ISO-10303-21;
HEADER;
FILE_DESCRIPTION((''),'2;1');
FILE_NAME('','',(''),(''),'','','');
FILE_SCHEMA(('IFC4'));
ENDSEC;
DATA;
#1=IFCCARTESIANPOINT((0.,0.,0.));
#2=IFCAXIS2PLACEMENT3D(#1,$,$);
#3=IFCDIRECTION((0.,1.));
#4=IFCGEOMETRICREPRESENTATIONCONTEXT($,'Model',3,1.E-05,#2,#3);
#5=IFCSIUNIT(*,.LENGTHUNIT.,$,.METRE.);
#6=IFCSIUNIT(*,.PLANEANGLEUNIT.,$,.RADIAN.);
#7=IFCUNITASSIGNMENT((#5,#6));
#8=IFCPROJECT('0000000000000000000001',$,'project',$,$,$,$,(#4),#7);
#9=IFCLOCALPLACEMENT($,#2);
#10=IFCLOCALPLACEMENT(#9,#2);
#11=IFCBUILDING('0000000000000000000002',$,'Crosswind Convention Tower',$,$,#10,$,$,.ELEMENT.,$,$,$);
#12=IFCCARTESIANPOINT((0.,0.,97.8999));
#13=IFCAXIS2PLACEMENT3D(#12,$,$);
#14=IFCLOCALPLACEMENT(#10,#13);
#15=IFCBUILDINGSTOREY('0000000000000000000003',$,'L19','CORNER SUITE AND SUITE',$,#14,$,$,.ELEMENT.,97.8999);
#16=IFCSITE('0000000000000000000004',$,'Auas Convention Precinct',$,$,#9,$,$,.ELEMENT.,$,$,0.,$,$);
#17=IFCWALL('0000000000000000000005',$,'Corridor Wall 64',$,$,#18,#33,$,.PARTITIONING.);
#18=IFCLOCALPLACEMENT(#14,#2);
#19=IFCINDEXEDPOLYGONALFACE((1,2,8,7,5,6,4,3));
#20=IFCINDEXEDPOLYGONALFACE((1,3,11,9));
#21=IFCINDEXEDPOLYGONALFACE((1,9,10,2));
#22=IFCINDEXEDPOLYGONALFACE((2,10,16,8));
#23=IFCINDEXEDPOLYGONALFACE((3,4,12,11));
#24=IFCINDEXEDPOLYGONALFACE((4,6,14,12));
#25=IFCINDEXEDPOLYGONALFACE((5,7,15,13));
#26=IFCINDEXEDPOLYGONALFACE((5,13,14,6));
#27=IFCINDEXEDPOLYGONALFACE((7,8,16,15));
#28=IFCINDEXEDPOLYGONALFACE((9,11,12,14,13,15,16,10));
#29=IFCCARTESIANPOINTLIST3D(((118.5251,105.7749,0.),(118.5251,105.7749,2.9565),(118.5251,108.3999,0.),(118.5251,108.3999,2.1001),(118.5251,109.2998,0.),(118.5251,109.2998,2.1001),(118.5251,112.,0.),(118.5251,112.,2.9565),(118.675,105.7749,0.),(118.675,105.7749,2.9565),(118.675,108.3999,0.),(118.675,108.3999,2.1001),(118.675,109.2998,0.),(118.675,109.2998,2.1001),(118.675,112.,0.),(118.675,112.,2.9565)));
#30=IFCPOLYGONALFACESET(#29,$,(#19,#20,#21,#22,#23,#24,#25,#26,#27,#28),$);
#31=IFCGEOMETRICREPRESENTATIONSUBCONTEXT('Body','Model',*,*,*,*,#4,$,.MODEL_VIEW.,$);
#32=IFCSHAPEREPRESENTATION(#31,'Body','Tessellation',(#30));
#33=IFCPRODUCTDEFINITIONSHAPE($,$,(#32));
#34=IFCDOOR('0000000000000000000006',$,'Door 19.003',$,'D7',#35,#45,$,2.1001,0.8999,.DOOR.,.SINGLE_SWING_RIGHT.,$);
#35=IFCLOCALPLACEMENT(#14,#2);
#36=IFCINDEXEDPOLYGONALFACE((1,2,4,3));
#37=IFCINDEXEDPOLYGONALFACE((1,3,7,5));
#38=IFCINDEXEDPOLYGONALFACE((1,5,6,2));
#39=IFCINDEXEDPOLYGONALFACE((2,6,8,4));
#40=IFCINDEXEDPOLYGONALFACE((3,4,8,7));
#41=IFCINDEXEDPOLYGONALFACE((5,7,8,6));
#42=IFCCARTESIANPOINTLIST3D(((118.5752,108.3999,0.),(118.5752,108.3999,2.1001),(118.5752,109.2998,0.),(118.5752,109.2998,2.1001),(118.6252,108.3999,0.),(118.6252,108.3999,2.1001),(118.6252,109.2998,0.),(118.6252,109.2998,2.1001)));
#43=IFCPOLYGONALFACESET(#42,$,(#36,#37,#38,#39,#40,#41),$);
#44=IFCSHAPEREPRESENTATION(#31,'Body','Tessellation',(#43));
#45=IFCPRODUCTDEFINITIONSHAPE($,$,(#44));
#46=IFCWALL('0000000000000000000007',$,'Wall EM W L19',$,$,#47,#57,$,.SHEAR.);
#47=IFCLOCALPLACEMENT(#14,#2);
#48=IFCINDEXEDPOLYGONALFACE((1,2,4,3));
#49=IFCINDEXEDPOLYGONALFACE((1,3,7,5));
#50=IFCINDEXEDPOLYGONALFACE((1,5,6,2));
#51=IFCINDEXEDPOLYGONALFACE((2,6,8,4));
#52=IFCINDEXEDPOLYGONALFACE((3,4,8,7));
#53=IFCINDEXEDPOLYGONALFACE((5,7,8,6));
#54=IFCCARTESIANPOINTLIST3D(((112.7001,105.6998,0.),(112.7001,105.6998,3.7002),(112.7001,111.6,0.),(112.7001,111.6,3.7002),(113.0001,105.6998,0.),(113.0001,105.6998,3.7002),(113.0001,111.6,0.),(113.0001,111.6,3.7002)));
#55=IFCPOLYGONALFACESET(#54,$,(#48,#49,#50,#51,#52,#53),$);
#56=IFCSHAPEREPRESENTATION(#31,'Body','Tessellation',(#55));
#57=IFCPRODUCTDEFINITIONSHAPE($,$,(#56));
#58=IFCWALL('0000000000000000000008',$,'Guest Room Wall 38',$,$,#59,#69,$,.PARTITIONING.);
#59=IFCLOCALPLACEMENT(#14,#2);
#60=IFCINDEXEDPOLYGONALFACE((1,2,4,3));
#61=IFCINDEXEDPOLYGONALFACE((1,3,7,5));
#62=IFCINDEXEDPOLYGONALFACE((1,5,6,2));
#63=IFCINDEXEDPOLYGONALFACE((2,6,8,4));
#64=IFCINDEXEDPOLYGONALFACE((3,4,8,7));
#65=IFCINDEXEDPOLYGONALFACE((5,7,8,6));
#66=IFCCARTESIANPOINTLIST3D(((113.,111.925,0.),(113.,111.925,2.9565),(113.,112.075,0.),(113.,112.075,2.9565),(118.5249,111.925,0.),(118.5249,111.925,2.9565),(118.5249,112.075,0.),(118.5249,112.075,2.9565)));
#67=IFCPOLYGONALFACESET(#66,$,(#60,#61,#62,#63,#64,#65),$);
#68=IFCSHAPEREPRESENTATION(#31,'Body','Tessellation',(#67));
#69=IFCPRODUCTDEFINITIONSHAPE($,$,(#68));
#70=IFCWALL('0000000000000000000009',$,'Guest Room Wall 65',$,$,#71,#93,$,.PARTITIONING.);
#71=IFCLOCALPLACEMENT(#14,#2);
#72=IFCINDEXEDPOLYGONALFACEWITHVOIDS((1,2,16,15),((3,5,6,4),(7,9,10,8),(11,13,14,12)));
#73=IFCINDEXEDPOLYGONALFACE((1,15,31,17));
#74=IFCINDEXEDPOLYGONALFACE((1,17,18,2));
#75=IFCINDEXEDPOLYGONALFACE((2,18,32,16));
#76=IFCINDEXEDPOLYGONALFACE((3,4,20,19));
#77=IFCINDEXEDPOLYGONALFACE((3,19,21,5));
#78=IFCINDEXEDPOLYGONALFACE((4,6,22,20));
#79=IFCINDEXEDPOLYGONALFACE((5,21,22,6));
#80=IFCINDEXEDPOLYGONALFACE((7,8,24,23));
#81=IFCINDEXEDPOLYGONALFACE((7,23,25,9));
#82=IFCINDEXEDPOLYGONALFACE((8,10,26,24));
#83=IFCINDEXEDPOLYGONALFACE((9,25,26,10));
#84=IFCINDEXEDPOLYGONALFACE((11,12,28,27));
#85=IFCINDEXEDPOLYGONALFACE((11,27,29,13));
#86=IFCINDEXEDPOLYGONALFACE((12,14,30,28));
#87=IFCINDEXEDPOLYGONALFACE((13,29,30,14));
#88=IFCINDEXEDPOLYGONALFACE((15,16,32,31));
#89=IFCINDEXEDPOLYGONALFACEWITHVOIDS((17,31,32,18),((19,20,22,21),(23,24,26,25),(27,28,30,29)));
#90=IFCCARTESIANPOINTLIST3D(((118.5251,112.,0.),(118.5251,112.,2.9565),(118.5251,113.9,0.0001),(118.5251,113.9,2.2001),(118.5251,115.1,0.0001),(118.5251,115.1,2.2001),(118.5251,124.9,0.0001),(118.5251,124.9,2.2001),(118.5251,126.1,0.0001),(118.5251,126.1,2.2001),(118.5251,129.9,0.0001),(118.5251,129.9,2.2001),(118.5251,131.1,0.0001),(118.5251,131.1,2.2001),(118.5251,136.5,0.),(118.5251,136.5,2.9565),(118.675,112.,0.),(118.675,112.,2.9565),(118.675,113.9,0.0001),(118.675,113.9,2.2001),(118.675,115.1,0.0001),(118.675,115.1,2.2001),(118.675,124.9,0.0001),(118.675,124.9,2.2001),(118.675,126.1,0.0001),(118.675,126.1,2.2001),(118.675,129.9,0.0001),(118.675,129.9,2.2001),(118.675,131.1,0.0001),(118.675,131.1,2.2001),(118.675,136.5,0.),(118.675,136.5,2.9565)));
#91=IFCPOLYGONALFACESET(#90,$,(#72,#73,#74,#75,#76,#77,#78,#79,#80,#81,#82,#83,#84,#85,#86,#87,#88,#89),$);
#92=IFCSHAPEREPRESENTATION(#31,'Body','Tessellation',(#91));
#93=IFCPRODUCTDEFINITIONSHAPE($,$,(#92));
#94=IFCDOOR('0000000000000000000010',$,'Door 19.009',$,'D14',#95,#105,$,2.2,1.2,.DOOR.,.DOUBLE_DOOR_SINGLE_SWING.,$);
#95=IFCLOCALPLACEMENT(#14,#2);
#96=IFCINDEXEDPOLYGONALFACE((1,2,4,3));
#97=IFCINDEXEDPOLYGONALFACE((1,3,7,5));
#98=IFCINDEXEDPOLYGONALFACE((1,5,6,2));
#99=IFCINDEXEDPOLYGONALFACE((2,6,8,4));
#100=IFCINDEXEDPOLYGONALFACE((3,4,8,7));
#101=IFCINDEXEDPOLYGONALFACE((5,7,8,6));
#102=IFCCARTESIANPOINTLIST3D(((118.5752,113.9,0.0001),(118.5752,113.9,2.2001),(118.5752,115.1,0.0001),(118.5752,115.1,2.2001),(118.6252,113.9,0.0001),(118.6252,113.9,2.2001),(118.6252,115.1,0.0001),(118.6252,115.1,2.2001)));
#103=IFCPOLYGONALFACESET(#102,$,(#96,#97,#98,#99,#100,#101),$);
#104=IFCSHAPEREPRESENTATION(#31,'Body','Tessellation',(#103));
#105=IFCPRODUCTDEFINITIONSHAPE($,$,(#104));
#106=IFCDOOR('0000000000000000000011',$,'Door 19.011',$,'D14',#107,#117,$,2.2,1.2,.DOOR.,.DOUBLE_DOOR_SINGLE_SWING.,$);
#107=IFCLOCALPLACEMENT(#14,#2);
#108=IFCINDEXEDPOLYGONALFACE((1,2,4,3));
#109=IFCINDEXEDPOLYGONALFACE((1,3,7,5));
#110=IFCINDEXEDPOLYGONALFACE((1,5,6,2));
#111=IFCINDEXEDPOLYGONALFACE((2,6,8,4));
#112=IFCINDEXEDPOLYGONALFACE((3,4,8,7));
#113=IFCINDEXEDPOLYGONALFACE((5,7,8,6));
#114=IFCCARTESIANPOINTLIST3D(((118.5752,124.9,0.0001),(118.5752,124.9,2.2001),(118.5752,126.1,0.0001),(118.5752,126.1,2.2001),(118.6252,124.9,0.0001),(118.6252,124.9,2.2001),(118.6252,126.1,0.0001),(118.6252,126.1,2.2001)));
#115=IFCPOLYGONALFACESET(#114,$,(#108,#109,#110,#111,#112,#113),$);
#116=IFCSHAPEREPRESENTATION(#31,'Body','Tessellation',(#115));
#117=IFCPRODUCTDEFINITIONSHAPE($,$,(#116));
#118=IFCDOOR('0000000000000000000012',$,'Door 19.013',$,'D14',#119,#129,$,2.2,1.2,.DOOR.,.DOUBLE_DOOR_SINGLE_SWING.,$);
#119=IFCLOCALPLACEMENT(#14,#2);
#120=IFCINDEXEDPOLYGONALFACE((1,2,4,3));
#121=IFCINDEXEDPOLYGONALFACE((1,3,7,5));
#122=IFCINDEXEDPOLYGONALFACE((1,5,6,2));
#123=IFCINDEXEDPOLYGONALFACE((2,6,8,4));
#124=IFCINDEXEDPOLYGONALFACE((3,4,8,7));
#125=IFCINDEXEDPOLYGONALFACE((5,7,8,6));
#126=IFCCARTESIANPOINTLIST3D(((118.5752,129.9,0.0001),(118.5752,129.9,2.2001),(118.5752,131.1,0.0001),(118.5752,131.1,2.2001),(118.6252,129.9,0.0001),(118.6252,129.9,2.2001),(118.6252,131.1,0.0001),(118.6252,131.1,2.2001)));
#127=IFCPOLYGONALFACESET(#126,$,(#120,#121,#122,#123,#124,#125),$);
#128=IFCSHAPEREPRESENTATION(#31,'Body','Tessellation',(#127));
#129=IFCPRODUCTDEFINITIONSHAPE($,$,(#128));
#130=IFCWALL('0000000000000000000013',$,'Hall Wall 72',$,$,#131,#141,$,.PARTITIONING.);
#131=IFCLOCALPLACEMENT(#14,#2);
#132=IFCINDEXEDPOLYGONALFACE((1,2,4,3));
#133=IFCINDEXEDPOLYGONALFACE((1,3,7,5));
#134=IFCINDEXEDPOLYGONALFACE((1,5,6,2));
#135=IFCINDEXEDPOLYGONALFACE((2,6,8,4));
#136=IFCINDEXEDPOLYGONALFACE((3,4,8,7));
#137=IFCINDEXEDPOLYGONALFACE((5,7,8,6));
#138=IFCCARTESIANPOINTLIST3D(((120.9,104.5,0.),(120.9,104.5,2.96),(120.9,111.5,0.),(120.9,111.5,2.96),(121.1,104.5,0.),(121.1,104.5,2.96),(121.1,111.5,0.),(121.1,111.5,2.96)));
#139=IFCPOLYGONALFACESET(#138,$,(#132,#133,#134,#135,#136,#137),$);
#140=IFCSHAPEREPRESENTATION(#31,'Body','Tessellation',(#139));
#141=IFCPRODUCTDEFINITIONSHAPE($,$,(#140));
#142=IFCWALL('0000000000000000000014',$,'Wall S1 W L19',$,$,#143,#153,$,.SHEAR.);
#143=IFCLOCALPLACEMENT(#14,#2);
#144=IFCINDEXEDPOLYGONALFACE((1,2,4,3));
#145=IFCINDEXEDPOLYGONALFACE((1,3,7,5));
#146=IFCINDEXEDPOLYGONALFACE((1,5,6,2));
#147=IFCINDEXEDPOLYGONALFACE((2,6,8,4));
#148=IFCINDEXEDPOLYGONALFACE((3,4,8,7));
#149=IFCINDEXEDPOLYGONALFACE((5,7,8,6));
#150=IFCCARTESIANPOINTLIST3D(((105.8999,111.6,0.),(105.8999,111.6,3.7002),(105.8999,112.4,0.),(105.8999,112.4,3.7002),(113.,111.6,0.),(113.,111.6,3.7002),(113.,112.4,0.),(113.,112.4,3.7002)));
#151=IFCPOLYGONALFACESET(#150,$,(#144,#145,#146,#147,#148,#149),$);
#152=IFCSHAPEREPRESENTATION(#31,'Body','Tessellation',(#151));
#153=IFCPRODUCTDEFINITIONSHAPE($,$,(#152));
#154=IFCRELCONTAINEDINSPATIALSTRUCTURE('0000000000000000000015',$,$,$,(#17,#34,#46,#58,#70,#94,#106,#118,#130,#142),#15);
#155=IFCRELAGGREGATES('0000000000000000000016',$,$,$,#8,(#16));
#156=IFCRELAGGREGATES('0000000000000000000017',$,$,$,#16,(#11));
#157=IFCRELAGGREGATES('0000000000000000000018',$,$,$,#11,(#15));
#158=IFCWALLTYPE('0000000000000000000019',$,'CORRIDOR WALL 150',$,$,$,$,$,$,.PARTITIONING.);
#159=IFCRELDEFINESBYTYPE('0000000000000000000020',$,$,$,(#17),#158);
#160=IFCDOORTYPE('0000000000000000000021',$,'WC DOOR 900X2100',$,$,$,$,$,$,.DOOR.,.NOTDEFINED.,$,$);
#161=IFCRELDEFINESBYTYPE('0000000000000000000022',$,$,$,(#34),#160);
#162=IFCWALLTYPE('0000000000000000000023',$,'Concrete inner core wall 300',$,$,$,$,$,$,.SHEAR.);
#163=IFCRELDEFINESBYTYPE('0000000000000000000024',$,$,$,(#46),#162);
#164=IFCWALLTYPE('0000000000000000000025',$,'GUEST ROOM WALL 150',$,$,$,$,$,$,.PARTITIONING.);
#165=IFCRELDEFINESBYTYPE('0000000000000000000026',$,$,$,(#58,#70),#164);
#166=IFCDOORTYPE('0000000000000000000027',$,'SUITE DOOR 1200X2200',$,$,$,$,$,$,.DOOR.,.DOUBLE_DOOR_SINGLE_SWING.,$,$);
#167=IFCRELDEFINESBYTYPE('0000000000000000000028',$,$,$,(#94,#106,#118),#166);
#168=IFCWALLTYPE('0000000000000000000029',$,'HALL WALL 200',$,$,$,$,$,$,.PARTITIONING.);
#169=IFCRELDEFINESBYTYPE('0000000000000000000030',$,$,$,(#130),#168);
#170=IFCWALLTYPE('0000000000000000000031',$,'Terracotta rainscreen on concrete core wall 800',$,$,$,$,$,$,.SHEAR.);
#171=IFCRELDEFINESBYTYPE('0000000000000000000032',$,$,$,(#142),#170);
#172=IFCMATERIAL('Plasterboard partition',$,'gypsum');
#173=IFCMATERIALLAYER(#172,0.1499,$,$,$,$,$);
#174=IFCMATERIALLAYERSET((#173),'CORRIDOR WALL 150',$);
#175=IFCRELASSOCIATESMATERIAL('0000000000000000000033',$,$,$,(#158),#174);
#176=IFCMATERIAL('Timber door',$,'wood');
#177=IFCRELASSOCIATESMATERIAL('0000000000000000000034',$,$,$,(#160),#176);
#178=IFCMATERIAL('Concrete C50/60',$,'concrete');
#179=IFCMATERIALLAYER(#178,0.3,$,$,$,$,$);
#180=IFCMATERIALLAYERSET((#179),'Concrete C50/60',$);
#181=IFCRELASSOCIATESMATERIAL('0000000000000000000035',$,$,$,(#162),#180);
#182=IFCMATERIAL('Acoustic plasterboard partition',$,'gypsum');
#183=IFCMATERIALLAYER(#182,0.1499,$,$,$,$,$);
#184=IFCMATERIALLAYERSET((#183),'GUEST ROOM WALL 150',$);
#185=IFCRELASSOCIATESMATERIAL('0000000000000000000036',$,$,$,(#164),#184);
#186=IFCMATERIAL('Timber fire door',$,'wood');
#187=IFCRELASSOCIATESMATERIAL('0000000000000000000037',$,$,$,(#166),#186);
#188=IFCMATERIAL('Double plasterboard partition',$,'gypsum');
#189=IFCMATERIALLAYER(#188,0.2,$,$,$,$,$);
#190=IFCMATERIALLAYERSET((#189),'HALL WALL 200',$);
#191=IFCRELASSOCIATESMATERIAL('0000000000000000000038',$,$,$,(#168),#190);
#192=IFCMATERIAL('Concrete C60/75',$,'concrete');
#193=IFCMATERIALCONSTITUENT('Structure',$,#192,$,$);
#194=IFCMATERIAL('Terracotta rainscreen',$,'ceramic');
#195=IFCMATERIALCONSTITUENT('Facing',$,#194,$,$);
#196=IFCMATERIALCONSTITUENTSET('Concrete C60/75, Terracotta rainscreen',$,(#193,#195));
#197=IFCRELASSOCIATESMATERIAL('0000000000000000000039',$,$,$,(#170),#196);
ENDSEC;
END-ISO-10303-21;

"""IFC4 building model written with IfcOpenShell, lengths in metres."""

from ifc_helpers import new_model, si_unit, direction, frame, frame_2d, origin, place, context, subcontext, project, spatial, rectangle, extrude, material, layer, layer_set, constituent, constituent_set, type_object, element, fill, save


model = new_model("IFC4")

# Units and contexts
model_context = context("Model", 3, precision=1e-05, world=origin(), true_north=direction((0.0, 1.0)))
body_context = subcontext(model_context, "Body", "Model", "MODEL_VIEW")
ifc_project = project(units=[si_unit("LENGTHUNIT", "METRE"), si_unit("PLANEANGLEUNIT", "RADIAN")], contexts=[model_context])

# Site, building, storey
site_placement = place(None, origin())
site = spatial("IfcSite", under=ifc_project, at=site_placement, Name="Auas Convention Precinct", CompositionType="ELEMENT", RefElevation=0.0)
building_placement = place(site_placement, origin())
building = spatial("IfcBuilding", under=site, at=building_placement, Name="Crosswind Convention Tower", CompositionType="ELEMENT")
storey_placement = place(building_placement, frame((0.0, 0.0, 97.8999)))
storey = spatial("IfcBuildingStorey", under=building, at=storey_placement, Name="L19", Description="CORNER SUITE AND SUITE", CompositionType="ELEMENT", Elevation=97.8999)

# Shared definitions
ifc_material_1 = material(Name="Plasterboard partition", Category="gypsum")
ifc_layer_1 = layer(ifc_material_1, 0.1499)
ifc_layer_set_1 = layer_set([ifc_layer_1], Name="CORRIDOR WALL 150")
wall_type_1 = type_object("IfcWallType", Name="CORRIDOR WALL 150", PredefinedType="PARTITIONING", material=ifc_layer_set_1)

# Wall, opening, door
wall_1_placement = place(storey_placement, frame((118.6001, 105.7749, 0.0), z_axis=(0.0, 0.0, 1.0), x_axis=(0.0, 1.0, 0.0)))
wall_1 = element("IfcWall", 1, at=wall_1_placement, inside=storey, type_object=wall_type_1, Name="Corridor Wall 64", PredefinedType="PARTITIONING", context=body_context, shape_type="SweptSolid", body=[
    extrude(rectangle(XDim=6.2251, YDim=0.1499, at=frame_2d((3.1125, 0.0))), origin(), (0.0, 0.0, 1.0), 2.9565),
])
opening_1_placement = place(wall_1_placement, frame((2.625, 0.0, 0.0)))
opening_1 = element("IfcOpeningElement", 2, at=opening_1_placement, cuts=wall_1, PredefinedType="OPENING", context=body_context, shape_type="SweptSolid", body=[
    extrude(rectangle(XDim=0.8999, YDim=2.1001, at=frame_2d((0.45, 1.05))), frame((0.0, 0.085, 0.0), z_axis=(0.0, -1.0, 0.0), x_axis=(1.0, 0.0, 0.0)), (0.0, 0.0, 1.0), 0.1699),
])
ifc_material_2 = material(Name="Timber door", Category="wood")
door_type_1 = type_object("IfcDoorType", Name="WC DOOR 900X2100", OperationType="NOTDEFINED", PredefinedType="DOOR", material=ifc_material_2)
door_1_placement = place(opening_1_placement, origin())
door_1 = element("IfcDoor", 3, at=door_1_placement, inside=storey, type_object=door_type_1, Name="Door 19.003", ObjectType="D7", OperationType="SINGLE_SWING_RIGHT", OverallHeight=2.1001, OverallWidth=0.8999, PredefinedType="DOOR", context=body_context, shape_type="SweptSolid", body=[
    extrude(rectangle(XDim=0.8999, YDim=2.1001, at=frame_2d((0.45, 1.05))), frame((0.0, 0.0249, 0.0), z_axis=(0.0, -1.0, 0.0), x_axis=(1.0, 0.0, 0.0)), (0.0, 0.0, 1.0), 0.05),
])
fill(opening_1, door_1)

# Walls
ifc_material_3 = material(Name="Concrete C50/60", Category="concrete")
ifc_layer_2 = layer(ifc_material_3, 0.3)
ifc_layer_set_2 = layer_set([ifc_layer_2], Name="Concrete C50/60")
wall_type_2 = type_object("IfcWallType", Name="Concrete inner core wall 300", PredefinedType="SHEAR", material=ifc_layer_set_2)
wall_2_placement = place(storey_placement, frame((112.8501, 111.6001, 0.0), z_axis=(0.0, 0.0, 1.0), x_axis=(0.0, -1.0, 0.0)))
element("IfcWall", 4, at=wall_2_placement, inside=storey, type_object=wall_type_2, Name="Wall EM W L19", PredefinedType="SHEAR", context=body_context, shape_type="SweptSolid", body=[
    extrude(rectangle(XDim=5.9001, YDim=0.3, at=frame_2d((2.9502, 0.0))), origin(), (0.0, 0.0, 1.0), 3.7002),
])
ifc_material_4 = material(Name="Acoustic plasterboard partition", Category="gypsum")
ifc_layer_3 = layer(ifc_material_4, 0.1499)
ifc_layer_set_3 = layer_set([ifc_layer_3], Name="GUEST ROOM WALL 150")
wall_type_3 = type_object("IfcWallType", Name="GUEST ROOM WALL 150", PredefinedType="PARTITIONING", material=ifc_layer_set_3)
wall_3_placement = place(storey_placement, frame((113.0, 112.0, 0.0), z_axis=(0.0, 0.0, 1.0), x_axis=(1.0, 0.0, 0.0)))
element("IfcWall", 5, at=wall_3_placement, inside=storey, type_object=wall_type_3, Name="Guest Room Wall 38", PredefinedType="PARTITIONING", context=body_context, shape_type="SweptSolid", body=[
    extrude(rectangle(XDim=5.5249, YDim=0.1499, at=frame_2d((2.7625, 0.0))), origin(), (0.0, 0.0, 1.0), 2.9565),
])

# Wall, openings, doors
wall_4_placement = place(storey_placement, frame((118.6001, 112.0, 0.0), z_axis=(0.0, 0.0, 1.0), x_axis=(0.0, 1.0, 0.0)))
wall_4 = element("IfcWall", 6, at=wall_4_placement, inside=storey, type_object=wall_type_3, Name="Guest Room Wall 65", PredefinedType="PARTITIONING", context=body_context, shape_type="SweptSolid", body=[
    extrude(rectangle(XDim=24.5, YDim=0.1499, at=frame_2d((12.25, 0.0))), origin(), (0.0, 0.0, 1.0), 2.9565),
])
opening_2_placement = place(wall_4_placement, frame((1.8999, 0.0, 0.0)))
opening_2 = element("IfcOpeningElement", 7, at=opening_2_placement, cuts=wall_4, PredefinedType="OPENING", context=body_context, shape_type="SweptSolid", body=[
    extrude(rectangle(XDim=1.2, YDim=2.2, at=frame_2d((0.6001, 1.1001))), frame((0.0, 0.085, 0.0), z_axis=(0.0, -1.0, 0.0), x_axis=(1.0, 0.0, 0.0)), (0.0, 0.0, 1.0), 0.1699),
])
opening_3_placement = place(wall_4_placement, frame((12.8999, 0.0, 0.0)))
opening_3 = element("IfcOpeningElement", 8, at=opening_3_placement, cuts=wall_4, PredefinedType="OPENING", context=body_context, shape_type="SweptSolid", body=[
    extrude(rectangle(XDim=1.2, YDim=2.2, at=frame_2d((0.6001, 1.1001))), frame((0.0, 0.085, 0.0), z_axis=(0.0, -1.0, 0.0), x_axis=(1.0, 0.0, 0.0)), (0.0, 0.0, 1.0), 0.1699),
])
opening_4_placement = place(wall_4_placement, frame((17.8999, 0.0, 0.0)))
opening_4 = element("IfcOpeningElement", 9, at=opening_4_placement, cuts=wall_4, PredefinedType="OPENING", context=body_context, shape_type="SweptSolid", body=[
    extrude(rectangle(XDim=1.2, YDim=2.2, at=frame_2d((0.6001, 1.1001))), frame((0.0, 0.085, 0.0), z_axis=(0.0, -1.0, 0.0), x_axis=(1.0, 0.0, 0.0)), (0.0, 0.0, 1.0), 0.1699),
])
ifc_material_5 = material(Name="Timber fire door", Category="wood")
door_type_2 = type_object("IfcDoorType", Name="SUITE DOOR 1200X2200", OperationType="DOUBLE_DOOR_SINGLE_SWING", PredefinedType="DOOR", material=ifc_material_5)
door_2_placement = place(opening_2_placement, origin())
door_2 = element("IfcDoor", 10, at=door_2_placement, inside=storey, type_object=door_type_2, Name="Door 19.009", ObjectType="D14", OperationType="DOUBLE_DOOR_SINGLE_SWING", OverallHeight=2.2, OverallWidth=1.2, PredefinedType="DOOR", context=body_context, shape_type="SweptSolid", body=[
    extrude(rectangle(XDim=1.2, YDim=2.2, at=frame_2d((0.6001, 1.1001))), frame((0.0, 0.0249, 0.0), z_axis=(0.0, -1.0, 0.0), x_axis=(1.0, 0.0, 0.0)), (0.0, 0.0, 1.0), 0.05),
])
fill(opening_2, door_2)
door_3_placement = place(opening_3_placement, origin())
door_3 = element("IfcDoor", 11, at=door_3_placement, inside=storey, type_object=door_type_2, Name="Door 19.011", ObjectType="D14", OperationType="DOUBLE_DOOR_SINGLE_SWING", OverallHeight=2.2, OverallWidth=1.2, PredefinedType="DOOR", context=body_context, shape_type="SweptSolid", body=[
    extrude(rectangle(XDim=1.2, YDim=2.2, at=frame_2d((0.6001, 1.1001))), frame((0.0, 0.0249, 0.0), z_axis=(0.0, -1.0, 0.0), x_axis=(1.0, 0.0, 0.0)), (0.0, 0.0, 1.0), 0.05),
])
fill(opening_3, door_3)
door_4_placement = place(opening_4_placement, origin())
door_4 = element("IfcDoor", 12, at=door_4_placement, inside=storey, type_object=door_type_2, Name="Door 19.013", ObjectType="D14", OperationType="DOUBLE_DOOR_SINGLE_SWING", OverallHeight=2.2, OverallWidth=1.2, PredefinedType="DOOR", context=body_context, shape_type="SweptSolid", body=[
    extrude(rectangle(XDim=1.2, YDim=2.2, at=frame_2d((0.6001, 1.1001))), frame((0.0, 0.0249, 0.0), z_axis=(0.0, -1.0, 0.0), x_axis=(1.0, 0.0, 0.0)), (0.0, 0.0, 1.0), 0.05),
])
fill(opening_4, door_4)

# Walls
ifc_material_6 = material(Name="Double plasterboard partition", Category="gypsum")
ifc_layer_4 = layer(ifc_material_6, 0.2)
ifc_layer_set_4 = layer_set([ifc_layer_4], Name="HALL WALL 200")
wall_type_4 = type_object("IfcWallType", Name="HALL WALL 200", PredefinedType="PARTITIONING", material=ifc_layer_set_4)
wall_5_placement = place(storey_placement, frame((121.0, 104.5, 0.0), z_axis=(0.0, 0.0, 1.0), x_axis=(0.0, 1.0, 0.0)))
element("IfcWall", 13, at=wall_5_placement, inside=storey, type_object=wall_type_4, Name="Hall Wall 72", PredefinedType="PARTITIONING", context=body_context, shape_type="SweptSolid", body=[
    extrude(rectangle(XDim=7.0, YDim=0.2, at=frame_2d((3.5, 0.0))), origin(), (0.0, 0.0, 1.0), 2.96),
])
ifc_material_7 = material(Name="Concrete C60/75", Category="concrete")
ifc_constituent_1 = constituent(ifc_material_7, Name="Structure")
ifc_material_8 = material(Name="Terracotta rainscreen", Category="ceramic")
ifc_constituent_2 = constituent(ifc_material_8, Name="Facing")
ifc_constituent_set = constituent_set(constituents=[ifc_constituent_1, ifc_constituent_2], Name="Concrete C60/75, Terracotta rainscreen")
wall_type_5 = type_object("IfcWallType", Name="Terracotta rainscreen on concrete core wall 800", PredefinedType="SHEAR", material=ifc_constituent_set)
wall_6_placement = place(storey_placement, frame((113.0, 112.0, 0.0), z_axis=(0.0, 0.0, 1.0), x_axis=(-1.0, 0.0, 0.0)))
element("IfcWall", 14, at=wall_6_placement, inside=storey, type_object=wall_type_5, Name="Wall S1 W L19", PredefinedType="SHEAR", context=body_context, shape_type="SweptSolid", body=[
    extrude(rectangle(XDim=7.1001, YDim=0.8, at=frame_2d((3.55, 0.0))), origin(), (0.0, 0.0, 1.0), 3.7002),
])

save(model, "model.ifc")
